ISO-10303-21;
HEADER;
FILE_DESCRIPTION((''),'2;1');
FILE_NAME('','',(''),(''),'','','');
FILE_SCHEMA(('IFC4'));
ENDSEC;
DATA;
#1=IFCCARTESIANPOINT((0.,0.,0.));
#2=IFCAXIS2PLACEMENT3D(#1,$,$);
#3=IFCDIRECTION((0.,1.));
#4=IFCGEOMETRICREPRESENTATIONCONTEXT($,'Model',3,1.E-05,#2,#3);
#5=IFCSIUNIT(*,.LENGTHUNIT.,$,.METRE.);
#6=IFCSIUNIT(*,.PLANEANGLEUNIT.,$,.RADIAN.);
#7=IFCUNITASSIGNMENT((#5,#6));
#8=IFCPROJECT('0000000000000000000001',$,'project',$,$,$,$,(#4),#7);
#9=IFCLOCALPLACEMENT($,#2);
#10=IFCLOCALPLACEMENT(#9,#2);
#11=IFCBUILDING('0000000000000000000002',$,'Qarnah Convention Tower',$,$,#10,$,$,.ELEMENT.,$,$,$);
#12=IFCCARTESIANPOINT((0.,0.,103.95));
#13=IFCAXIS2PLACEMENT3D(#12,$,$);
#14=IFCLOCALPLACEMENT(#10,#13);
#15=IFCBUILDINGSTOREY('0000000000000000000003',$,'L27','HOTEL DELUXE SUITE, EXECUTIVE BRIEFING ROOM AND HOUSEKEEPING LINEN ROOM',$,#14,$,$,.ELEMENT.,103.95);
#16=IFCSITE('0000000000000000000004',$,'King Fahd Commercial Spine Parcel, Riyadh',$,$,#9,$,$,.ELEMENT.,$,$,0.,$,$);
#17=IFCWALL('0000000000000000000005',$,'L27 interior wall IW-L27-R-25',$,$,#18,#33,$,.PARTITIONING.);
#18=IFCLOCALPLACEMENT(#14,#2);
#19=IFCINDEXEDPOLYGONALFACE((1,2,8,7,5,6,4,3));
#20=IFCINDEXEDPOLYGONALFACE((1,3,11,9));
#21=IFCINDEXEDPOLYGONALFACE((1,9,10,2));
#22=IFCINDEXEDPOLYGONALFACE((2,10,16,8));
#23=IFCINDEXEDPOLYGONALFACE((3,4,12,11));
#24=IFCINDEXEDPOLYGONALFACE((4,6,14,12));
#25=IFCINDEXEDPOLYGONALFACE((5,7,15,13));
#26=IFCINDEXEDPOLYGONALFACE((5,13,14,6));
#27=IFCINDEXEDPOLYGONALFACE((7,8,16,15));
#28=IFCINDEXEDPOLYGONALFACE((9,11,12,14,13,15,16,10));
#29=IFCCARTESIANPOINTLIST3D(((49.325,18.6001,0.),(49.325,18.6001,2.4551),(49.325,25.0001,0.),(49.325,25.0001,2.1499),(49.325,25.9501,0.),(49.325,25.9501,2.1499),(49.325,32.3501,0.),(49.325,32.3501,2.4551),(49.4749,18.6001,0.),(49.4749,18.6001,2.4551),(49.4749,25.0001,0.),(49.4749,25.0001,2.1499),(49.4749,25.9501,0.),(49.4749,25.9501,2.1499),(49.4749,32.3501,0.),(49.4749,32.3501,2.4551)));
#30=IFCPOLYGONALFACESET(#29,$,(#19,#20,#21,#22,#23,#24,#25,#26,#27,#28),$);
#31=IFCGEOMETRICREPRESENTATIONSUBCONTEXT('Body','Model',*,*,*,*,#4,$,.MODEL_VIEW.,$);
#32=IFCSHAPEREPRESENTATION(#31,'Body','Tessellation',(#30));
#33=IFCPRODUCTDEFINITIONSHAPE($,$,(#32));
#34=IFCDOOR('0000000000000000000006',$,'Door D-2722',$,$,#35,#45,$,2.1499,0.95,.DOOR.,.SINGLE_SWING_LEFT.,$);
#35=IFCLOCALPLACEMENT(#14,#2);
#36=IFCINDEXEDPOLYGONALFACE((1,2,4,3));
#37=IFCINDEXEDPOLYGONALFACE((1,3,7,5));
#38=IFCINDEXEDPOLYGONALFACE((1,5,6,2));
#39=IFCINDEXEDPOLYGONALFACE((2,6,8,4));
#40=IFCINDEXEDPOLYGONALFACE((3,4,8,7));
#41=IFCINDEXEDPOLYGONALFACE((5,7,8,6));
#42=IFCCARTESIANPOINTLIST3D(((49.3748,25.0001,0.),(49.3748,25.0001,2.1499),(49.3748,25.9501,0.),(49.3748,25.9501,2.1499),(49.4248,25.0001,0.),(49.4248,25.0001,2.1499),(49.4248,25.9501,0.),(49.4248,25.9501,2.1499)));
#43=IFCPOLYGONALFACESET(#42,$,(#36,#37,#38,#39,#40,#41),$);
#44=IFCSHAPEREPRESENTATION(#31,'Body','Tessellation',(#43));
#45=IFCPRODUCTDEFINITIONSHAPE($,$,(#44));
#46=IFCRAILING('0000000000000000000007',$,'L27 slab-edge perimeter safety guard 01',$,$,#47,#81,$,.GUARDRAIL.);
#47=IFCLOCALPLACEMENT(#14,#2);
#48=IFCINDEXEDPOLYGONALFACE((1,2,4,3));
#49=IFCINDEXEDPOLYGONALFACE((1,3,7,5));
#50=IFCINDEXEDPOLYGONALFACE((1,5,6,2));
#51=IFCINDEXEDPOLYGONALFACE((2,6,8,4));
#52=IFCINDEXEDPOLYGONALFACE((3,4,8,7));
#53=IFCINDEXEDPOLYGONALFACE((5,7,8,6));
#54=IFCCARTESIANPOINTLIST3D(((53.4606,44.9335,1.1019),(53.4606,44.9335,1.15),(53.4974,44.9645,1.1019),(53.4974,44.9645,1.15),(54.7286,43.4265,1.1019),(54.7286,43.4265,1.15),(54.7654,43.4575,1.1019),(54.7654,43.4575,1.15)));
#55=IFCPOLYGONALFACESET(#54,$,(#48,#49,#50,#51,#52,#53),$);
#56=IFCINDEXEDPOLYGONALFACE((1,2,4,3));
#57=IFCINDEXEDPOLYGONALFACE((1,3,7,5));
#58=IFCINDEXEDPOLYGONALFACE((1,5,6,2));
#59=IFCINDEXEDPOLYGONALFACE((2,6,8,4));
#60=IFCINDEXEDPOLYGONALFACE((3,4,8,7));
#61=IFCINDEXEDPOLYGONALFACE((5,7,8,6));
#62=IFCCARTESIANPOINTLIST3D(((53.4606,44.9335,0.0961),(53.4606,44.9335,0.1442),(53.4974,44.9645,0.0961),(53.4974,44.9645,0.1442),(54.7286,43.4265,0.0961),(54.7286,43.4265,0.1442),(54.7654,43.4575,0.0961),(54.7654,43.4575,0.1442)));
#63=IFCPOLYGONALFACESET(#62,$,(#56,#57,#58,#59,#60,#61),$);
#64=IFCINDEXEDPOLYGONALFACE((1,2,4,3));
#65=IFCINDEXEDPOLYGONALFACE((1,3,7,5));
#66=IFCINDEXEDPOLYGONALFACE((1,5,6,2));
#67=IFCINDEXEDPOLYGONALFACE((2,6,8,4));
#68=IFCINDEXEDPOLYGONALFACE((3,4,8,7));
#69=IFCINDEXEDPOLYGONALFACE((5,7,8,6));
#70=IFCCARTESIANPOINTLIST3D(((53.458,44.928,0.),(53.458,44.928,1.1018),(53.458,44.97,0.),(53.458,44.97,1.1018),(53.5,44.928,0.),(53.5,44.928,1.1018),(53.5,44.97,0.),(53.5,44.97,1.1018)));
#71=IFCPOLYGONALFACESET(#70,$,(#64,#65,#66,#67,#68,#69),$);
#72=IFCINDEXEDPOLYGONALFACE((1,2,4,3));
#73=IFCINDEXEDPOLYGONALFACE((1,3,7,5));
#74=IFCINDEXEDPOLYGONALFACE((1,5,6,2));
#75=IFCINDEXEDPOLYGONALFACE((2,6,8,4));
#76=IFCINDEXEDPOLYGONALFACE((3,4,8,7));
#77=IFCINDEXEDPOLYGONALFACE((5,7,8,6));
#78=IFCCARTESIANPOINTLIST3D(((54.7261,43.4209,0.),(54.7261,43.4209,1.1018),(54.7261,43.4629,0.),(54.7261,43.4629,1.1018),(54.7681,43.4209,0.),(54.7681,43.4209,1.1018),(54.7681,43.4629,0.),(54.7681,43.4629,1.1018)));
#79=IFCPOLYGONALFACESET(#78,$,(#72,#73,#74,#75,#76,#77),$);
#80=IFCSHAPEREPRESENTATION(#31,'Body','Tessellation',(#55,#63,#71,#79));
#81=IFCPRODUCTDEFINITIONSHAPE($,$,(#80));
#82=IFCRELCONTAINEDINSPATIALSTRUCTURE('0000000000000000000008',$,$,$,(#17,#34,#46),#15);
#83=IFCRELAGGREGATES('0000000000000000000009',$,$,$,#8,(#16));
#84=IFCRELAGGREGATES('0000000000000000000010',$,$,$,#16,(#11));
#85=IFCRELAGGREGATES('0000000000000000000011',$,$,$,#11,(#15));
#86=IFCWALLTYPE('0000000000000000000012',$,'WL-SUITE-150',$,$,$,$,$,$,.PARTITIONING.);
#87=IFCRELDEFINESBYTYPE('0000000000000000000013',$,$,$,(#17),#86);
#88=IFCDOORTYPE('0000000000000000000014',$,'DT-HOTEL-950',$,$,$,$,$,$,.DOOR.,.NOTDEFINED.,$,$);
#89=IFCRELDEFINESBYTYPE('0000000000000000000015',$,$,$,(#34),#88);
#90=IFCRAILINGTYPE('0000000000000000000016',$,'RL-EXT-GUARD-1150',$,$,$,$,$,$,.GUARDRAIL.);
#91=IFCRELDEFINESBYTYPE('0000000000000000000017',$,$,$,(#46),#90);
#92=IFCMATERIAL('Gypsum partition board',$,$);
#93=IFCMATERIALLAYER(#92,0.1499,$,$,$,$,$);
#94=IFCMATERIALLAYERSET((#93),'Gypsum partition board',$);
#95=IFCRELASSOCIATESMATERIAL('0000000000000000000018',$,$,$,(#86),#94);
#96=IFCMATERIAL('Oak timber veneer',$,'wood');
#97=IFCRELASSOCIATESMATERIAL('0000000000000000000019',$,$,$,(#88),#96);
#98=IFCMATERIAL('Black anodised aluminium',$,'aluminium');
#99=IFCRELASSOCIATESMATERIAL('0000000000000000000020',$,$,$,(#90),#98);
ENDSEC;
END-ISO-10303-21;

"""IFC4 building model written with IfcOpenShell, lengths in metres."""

from ifc_helpers import new_model, si_unit, direction, frame, frame_2d, origin, origin_2d, place, context, subcontext, project, spatial, rectangle, extrude, material, layer, layer_set, type_object, element, fill, save


model = new_model("IFC4")

# Units and contexts
model_context = context("Model", 3, precision=1e-05, world=origin(), true_north=direction((0.0, 1.0)))
body_context = subcontext(model_context, "Body", "Model", "MODEL_VIEW")
ifc_project = project(units=[si_unit("LENGTHUNIT", "METRE"), si_unit("PLANEANGLEUNIT", "RADIAN")], contexts=[model_context])

# Site, building, storey
site_placement = place(None, origin())
site = spatial("IfcSite", under=ifc_project, at=site_placement, Name="King Fahd Commercial Spine Parcel, Riyadh", CompositionType="ELEMENT", RefElevation=0.0)
building_placement = place(site_placement, origin())
building = spatial("IfcBuilding", under=site, at=building_placement, Name="Qarnah Convention Tower", CompositionType="ELEMENT")
storey_placement = place(building_placement, frame((0.0, 0.0, 103.95)))
storey = spatial("IfcBuildingStorey", under=building, at=storey_placement, Name="L27", Description="HOTEL DELUXE SUITE, EXECUTIVE BRIEFING ROOM AND HOUSEKEEPING LINEN ROOM", CompositionType="ELEMENT", Elevation=103.95)

# Shared definitions
ifc_material_1 = material(Name="Black anodised aluminium", Category="aluminium")

# Shared definitions
ifc_material_2 = material(Name="Gypsum partition board")
ifc_layer_1 = layer(ifc_material_2, 0.1499)
ifc_layer_set_1 = layer_set([ifc_layer_1], Name="Gypsum partition board")
wall_type_1 = type_object("IfcWallType", Name="WL-SUITE-150", PredefinedType="PARTITIONING", material=ifc_layer_set_1)

# Wall, opening, door
wall_1_placement = place(storey_placement, frame((49.3999, 32.3501, 0.0), z_axis=(0.0, 0.0, 1.0), x_axis=(0.0, -1.0, 0.0)))
wall_1 = element("IfcWall", 1, at=wall_1_placement, inside=storey, type_object=wall_type_1, Name="L27 interior wall IW-L27-R-25", PredefinedType="PARTITIONING", context=body_context, shape_type="SweptSolid", body=[
    extrude(rectangle(XDim=13.75, YDim=0.1499, at=frame_2d((6.875, 0.0))), origin(), (0.0, 0.0, 1.0), 2.4551),
])
opening_1_placement = place(wall_1_placement, frame((6.3999, 0.0, 0.0)))
opening_1 = element("IfcOpeningElement", 2, at=opening_1_placement, cuts=wall_1, PredefinedType="OPENING", context=body_context, shape_type="SweptSolid", body=[
    extrude(rectangle(XDim=0.95, YDim=2.1499, at=frame_2d((0.4751, 1.075))), frame((0.0, 0.085, 0.0), z_axis=(0.0, -1.0, 0.0), x_axis=(1.0, 0.0, 0.0)), (0.0, 0.0, 1.0), 0.1699),
])
ifc_material_3 = material(Name="Oak timber veneer", Category="wood")
door_type_1 = type_object("IfcDoorType", Name="DT-HOTEL-950", OperationType="NOTDEFINED", PredefinedType="DOOR", material=ifc_material_3)
door_1_placement = place(opening_1_placement, origin())
door_1 = element("IfcDoor", 3, at=door_1_placement, inside=storey, type_object=door_type_1, Name="Door D-2722", OperationType="SINGLE_SWING_LEFT", OverallHeight=2.1499, OverallWidth=0.95, PredefinedType="DOOR", context=body_context, shape_type="SweptSolid", body=[
    extrude(rectangle(XDim=0.95, YDim=2.1499, at=frame_2d((0.4751, 1.075))), frame((0.0, 0.0249, 0.0), z_axis=(0.0, -1.0, 0.0), x_axis=(1.0, 0.0, 0.0)), (0.0, 0.0, 1.0), 0.05),
])
fill(opening_1, door_1)

# Railing
railing_type = type_object("IfcRailingType", Name="RL-EXT-GUARD-1150", PredefinedType="GUARDRAIL", material=ifc_material_1)
railing_1_placement = place(storey_placement, frame((53.479, 44.949, 0.0)))
element("IfcRailing", 4, at=railing_1_placement, inside=storey, type_object=railing_type, Name="L27 slab-edge perimeter safety guard 01", PredefinedType="GUARDRAIL", context=body_context, shape_type="SweptSolid", body=[
    extrude(rectangle(XDim=0.0481, YDim=0.0481, at=origin_2d()), frame((0.0, 0.0, 1.126), z_axis=(0.643823, -0.765175, 0.0), x_axis=(0.765175, 0.643823, 0.0)), (0.0, 0.0, 1.0), 1.9695),
    extrude(rectangle(XDim=0.0481, YDim=0.0481, at=origin_2d()), frame((0.0, 0.0, 0.1201), z_axis=(0.643823, -0.765175, 0.0), x_axis=(0.765175, 0.643823, 0.0)), (0.0, 0.0, 1.0), 1.9695),
    extrude(rectangle(XDim=0.042, YDim=0.042, at=origin_2d()), origin(), (0.0, 0.0, 1.0), 1.1018),
    extrude(rectangle(XDim=0.042, YDim=0.042, at=origin_2d()), frame((1.2681, -1.5071, 0.0)), (0.0, 0.0, 1.0), 1.1018),
])

save(model, "model.ifc")
